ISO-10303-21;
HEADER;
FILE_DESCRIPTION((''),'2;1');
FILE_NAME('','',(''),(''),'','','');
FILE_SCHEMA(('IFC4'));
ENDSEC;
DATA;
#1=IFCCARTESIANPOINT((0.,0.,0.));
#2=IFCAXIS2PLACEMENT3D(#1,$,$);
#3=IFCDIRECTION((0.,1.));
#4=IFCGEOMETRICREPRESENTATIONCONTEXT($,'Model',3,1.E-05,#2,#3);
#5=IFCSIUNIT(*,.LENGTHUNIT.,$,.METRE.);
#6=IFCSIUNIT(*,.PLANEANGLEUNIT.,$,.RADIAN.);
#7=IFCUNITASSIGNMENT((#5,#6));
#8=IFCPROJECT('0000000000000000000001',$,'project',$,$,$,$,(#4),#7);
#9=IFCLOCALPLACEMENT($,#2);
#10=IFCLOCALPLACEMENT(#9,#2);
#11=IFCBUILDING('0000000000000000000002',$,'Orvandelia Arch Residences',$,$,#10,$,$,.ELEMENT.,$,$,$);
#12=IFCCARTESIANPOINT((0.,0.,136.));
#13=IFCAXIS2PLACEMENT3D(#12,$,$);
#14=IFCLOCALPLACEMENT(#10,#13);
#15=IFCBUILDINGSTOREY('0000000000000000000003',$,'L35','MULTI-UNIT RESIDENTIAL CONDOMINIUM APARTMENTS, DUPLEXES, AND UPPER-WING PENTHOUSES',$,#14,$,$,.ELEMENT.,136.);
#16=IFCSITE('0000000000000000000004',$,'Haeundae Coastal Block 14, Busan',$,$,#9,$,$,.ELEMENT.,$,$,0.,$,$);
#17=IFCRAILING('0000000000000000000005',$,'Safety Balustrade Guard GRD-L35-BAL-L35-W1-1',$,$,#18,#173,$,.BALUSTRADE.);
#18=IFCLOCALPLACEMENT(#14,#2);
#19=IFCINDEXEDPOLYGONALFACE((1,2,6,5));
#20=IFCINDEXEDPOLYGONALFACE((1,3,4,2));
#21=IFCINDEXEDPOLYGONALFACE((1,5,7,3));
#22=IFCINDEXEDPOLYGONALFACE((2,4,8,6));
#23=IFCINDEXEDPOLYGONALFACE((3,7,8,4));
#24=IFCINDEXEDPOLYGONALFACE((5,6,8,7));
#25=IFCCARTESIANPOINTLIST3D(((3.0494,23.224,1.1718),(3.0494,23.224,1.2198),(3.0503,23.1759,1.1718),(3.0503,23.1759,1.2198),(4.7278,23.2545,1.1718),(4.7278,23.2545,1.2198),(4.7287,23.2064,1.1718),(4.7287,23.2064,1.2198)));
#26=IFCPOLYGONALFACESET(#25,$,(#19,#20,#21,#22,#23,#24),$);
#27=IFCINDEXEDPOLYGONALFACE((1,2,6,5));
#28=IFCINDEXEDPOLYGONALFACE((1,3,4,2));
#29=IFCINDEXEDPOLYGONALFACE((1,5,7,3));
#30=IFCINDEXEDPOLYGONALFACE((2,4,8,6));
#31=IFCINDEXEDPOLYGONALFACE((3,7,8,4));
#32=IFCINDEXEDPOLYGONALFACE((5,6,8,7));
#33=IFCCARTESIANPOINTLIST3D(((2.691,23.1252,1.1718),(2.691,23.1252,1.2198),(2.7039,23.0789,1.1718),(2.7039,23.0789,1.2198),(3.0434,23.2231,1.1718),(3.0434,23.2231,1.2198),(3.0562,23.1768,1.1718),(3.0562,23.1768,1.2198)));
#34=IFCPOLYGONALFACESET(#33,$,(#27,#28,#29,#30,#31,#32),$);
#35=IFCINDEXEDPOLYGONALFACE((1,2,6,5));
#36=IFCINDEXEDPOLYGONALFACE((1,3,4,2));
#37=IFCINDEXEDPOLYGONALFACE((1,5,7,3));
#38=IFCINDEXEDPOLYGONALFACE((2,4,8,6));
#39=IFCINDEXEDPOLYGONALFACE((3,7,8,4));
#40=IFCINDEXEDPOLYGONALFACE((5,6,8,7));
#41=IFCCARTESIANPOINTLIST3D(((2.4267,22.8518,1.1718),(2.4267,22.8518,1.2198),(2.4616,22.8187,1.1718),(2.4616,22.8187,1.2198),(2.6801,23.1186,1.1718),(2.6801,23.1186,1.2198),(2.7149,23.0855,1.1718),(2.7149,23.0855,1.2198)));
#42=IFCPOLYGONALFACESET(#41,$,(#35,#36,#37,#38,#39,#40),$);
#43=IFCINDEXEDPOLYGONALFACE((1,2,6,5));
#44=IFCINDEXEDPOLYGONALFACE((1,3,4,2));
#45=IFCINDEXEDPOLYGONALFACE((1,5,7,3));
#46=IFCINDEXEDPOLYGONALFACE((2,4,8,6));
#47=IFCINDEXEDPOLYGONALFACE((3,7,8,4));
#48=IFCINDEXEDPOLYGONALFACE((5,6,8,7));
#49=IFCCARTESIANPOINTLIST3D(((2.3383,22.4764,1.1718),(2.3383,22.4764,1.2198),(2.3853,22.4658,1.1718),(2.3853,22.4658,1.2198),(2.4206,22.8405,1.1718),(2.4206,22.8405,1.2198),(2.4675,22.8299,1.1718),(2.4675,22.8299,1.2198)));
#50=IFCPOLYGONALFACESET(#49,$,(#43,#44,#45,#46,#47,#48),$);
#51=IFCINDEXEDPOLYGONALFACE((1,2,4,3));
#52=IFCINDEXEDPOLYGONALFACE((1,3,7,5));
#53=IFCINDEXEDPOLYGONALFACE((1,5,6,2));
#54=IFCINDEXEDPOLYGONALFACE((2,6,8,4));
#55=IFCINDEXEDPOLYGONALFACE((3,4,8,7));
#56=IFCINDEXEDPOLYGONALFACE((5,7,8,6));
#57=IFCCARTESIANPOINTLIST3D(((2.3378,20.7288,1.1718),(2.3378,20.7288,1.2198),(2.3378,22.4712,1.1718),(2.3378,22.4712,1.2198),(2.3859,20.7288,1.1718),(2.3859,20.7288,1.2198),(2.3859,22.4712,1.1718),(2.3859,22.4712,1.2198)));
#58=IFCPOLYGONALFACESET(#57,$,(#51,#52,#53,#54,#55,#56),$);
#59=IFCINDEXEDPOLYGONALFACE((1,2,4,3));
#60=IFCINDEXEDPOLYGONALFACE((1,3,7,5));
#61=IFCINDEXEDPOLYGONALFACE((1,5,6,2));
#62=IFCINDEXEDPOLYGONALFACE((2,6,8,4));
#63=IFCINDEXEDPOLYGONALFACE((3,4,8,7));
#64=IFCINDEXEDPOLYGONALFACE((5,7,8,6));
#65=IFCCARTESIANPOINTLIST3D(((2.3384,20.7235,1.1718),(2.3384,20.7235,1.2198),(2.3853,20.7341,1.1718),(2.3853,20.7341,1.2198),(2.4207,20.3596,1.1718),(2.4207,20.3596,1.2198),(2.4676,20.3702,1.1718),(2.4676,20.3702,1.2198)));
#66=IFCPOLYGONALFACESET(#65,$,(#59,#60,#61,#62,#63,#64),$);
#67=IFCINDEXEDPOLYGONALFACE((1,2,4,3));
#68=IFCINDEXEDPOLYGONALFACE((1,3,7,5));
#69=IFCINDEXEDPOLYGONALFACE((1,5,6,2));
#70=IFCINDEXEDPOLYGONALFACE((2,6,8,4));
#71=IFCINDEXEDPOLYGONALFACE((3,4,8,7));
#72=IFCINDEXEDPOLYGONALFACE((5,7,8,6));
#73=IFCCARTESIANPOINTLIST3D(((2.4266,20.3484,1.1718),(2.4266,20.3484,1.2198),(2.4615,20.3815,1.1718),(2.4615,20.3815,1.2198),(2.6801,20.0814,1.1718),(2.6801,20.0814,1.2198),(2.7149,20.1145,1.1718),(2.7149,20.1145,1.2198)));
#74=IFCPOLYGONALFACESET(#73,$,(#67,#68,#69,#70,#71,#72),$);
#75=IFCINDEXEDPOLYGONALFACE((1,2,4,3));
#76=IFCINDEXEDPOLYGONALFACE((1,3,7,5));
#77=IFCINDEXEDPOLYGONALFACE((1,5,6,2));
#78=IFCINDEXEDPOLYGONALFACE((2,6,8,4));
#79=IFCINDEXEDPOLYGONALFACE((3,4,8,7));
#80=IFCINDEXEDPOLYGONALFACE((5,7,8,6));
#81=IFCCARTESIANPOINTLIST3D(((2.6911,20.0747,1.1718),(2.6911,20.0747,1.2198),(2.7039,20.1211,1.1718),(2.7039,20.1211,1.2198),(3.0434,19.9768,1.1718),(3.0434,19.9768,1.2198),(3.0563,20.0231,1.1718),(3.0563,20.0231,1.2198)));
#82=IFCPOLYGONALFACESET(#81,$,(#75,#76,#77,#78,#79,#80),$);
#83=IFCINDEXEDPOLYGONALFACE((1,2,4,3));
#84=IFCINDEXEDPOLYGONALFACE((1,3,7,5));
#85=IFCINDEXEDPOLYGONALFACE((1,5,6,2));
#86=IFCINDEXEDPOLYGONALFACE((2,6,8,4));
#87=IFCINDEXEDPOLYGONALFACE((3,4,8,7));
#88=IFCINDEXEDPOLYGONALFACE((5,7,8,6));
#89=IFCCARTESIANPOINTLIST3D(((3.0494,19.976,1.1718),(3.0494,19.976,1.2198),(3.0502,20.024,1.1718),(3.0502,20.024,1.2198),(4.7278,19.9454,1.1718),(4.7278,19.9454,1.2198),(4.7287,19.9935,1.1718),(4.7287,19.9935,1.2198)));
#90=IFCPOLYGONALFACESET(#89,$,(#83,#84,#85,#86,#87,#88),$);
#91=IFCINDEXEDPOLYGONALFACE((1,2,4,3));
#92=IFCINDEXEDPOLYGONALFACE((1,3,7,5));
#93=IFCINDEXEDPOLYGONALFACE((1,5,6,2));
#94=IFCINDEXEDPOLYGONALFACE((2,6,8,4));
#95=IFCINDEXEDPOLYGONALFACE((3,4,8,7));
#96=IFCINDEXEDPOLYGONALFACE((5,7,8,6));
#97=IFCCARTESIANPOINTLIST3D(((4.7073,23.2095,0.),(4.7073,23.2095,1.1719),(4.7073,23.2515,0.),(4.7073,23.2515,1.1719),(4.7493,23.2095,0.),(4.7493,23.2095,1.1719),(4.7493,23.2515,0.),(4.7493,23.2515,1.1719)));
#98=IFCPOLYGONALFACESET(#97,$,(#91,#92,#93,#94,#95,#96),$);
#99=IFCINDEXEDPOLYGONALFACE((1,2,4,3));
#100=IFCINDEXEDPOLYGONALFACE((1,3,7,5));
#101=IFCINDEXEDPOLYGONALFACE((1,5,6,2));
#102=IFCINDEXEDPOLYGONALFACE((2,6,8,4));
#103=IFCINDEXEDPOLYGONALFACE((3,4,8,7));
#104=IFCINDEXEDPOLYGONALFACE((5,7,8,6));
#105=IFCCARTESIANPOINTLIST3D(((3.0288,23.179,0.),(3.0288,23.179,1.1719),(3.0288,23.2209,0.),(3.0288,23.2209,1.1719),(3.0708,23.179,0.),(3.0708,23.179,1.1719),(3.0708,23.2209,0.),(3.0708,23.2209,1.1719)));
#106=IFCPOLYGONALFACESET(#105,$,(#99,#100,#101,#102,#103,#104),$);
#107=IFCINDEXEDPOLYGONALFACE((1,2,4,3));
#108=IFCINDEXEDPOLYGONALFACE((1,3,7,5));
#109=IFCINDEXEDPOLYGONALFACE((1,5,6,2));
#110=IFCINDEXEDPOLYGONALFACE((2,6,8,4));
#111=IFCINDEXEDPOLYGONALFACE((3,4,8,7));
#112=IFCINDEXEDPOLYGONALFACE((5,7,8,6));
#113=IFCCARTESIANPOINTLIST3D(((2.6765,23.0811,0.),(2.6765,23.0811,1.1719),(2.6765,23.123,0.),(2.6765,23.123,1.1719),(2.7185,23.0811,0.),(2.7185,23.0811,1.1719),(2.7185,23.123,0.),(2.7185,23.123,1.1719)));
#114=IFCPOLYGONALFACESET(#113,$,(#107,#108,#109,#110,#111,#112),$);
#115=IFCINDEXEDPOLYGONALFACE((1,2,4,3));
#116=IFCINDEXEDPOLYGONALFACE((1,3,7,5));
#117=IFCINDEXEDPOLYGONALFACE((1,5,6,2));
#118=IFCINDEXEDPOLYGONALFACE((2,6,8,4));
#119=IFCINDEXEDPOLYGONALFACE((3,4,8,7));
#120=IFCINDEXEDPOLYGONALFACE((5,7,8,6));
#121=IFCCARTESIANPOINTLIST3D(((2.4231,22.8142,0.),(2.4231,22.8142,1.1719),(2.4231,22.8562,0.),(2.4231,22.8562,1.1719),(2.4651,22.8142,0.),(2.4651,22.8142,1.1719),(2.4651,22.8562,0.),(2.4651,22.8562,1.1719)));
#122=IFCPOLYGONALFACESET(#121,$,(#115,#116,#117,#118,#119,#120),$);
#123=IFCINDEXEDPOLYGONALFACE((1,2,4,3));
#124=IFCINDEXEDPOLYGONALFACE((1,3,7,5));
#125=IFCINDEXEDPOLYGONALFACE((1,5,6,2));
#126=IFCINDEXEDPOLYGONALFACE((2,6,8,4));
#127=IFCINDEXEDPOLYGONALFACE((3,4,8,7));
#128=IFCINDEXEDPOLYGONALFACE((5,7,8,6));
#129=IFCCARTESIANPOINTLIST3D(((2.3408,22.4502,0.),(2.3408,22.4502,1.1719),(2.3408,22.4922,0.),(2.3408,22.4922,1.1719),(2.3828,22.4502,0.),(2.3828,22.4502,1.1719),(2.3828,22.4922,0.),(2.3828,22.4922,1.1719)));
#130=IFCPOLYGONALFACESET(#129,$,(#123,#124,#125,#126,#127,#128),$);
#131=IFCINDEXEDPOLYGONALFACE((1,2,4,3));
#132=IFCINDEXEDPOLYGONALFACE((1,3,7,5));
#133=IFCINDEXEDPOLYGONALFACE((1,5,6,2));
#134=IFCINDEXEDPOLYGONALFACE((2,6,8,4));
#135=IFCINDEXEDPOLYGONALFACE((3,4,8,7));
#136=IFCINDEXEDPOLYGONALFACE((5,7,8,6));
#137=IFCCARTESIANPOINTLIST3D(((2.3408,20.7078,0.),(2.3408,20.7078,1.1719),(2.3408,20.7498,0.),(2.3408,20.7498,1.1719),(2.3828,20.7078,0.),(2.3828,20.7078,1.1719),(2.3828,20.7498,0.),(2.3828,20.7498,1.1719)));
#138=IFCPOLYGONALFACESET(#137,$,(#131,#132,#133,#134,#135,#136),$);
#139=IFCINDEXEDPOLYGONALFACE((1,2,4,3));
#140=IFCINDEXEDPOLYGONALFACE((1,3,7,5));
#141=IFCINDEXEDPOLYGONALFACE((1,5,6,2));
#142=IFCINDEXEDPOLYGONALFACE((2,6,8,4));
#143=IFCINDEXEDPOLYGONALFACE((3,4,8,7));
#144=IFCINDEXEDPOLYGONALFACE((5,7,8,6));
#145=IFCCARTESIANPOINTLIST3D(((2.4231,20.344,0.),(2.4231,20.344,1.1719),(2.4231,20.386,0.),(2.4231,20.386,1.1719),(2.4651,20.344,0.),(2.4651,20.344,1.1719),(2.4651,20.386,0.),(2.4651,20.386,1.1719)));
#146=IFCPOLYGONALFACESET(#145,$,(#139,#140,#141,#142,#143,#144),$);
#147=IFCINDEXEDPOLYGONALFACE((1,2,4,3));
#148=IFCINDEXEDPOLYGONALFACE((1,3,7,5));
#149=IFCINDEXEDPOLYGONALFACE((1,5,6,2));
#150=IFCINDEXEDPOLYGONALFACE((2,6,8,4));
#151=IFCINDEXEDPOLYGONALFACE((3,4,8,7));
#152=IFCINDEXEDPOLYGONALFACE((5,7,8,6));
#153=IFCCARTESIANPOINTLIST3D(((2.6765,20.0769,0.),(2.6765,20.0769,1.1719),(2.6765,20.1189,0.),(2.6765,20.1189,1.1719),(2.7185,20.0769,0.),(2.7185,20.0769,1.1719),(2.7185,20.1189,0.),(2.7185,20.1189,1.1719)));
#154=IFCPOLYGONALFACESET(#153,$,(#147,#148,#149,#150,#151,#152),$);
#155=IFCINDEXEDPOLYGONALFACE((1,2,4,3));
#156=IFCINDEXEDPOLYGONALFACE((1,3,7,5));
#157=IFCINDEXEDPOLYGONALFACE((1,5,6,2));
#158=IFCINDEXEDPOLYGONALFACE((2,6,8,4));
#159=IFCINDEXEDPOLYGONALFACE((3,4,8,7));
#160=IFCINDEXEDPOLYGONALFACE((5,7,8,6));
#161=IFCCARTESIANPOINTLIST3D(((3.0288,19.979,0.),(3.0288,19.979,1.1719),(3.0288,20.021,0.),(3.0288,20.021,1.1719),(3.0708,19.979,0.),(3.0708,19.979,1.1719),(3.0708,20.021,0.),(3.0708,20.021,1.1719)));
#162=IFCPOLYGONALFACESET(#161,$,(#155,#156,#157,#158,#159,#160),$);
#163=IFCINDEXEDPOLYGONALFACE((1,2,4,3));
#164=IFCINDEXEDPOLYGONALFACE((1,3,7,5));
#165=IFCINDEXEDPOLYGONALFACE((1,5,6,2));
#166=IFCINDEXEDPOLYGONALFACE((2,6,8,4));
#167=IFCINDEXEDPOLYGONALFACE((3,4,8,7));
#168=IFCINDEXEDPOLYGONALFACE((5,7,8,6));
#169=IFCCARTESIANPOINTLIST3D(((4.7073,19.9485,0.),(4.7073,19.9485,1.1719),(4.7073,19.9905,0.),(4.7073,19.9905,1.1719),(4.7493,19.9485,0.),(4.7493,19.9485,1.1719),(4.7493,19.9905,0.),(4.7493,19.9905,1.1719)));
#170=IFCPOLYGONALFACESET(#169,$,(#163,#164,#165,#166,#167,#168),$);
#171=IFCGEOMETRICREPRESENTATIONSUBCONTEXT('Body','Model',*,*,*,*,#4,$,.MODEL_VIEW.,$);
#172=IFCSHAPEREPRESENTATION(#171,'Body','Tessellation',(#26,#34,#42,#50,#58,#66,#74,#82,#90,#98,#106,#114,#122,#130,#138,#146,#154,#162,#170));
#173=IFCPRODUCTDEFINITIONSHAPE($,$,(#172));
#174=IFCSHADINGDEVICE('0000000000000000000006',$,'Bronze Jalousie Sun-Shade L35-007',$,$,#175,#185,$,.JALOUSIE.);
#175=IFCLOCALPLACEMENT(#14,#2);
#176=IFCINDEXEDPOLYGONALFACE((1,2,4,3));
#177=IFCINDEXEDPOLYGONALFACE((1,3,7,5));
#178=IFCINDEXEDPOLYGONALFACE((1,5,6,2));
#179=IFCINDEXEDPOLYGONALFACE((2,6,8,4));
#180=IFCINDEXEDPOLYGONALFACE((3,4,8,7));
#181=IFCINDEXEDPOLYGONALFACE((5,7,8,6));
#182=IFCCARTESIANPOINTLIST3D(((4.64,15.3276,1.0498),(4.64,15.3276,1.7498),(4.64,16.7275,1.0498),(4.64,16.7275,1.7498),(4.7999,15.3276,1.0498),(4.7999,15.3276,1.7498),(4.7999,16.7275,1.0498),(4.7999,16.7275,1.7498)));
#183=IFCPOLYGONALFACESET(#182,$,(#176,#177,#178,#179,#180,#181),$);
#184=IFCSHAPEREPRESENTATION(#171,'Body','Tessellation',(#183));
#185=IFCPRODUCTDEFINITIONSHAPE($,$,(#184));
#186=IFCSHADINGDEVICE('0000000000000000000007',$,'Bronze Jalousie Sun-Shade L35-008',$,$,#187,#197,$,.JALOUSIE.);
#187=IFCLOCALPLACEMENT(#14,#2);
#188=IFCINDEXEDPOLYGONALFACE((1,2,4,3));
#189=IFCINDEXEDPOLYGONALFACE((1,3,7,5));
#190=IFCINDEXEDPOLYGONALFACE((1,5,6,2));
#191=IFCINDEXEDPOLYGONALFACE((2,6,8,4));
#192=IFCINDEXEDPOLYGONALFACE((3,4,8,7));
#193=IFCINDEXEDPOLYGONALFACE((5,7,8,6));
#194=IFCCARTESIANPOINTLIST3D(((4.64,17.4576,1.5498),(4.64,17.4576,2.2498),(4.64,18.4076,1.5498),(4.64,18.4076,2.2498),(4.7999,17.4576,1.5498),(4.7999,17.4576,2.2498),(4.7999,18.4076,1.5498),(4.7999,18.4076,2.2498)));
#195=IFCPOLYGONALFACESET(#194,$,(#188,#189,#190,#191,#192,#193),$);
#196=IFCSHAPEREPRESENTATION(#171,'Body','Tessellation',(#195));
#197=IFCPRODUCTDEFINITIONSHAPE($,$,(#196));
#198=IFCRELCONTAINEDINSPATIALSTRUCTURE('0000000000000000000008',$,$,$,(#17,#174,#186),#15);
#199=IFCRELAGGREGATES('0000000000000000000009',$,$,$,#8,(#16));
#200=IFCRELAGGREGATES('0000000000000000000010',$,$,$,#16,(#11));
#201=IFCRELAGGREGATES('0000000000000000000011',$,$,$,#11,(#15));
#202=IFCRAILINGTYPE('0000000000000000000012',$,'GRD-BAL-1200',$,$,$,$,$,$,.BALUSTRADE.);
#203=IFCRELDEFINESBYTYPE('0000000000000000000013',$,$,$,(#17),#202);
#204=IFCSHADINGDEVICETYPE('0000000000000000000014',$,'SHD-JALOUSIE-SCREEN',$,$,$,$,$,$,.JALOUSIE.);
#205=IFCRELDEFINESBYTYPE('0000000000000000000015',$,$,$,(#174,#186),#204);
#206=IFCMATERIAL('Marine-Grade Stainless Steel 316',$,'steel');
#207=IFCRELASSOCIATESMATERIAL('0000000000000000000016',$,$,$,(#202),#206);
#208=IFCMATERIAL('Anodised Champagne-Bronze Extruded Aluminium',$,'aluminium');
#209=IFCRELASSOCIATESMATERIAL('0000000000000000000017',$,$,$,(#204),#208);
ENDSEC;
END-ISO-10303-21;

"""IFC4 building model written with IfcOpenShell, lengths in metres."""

from ifc_helpers import new_model, si_unit, direction, frame, origin, origin_2d, place, context, subcontext, project, spatial, rectangle, extrude, material, type_object, element, save


model = new_model("IFC4")

# Units and contexts
model_context = context("Model", 3, precision=1e-05, world=origin(), true_north=direction((0.0, 1.0)))
body_context = subcontext(model_context, "Body", "Model", "MODEL_VIEW")
ifc_project = project(units=[si_unit("LENGTHUNIT", "METRE"), si_unit("PLANEANGLEUNIT", "RADIAN")], contexts=[model_context])

# Site, building, storey
site_placement = place(None, origin())
site = spatial("IfcSite", under=ifc_project, at=site_placement, Name="Haeundae Coastal Block 14, Busan", CompositionType="ELEMENT", RefElevation=0.0)
building_placement = place(site_placement, origin())
building = spatial("IfcBuilding", under=site, at=building_placement, Name="Orvandelia Arch Residences", CompositionType="ELEMENT")
storey_placement = place(building_placement, frame((0.0, 0.0, 136.0)))
storey = spatial("IfcBuildingStorey", under=building, at=storey_placement, Name="L35", Description="MULTI-UNIT RESIDENTIAL CONDOMINIUM APARTMENTS, DUPLEXES, AND UPPER-WING PENTHOUSES", CompositionType="ELEMENT", Elevation=136.0)

# Railing
ifc_material_1 = material(Name="Marine-Grade Stainless Steel 316", Category="steel")
railing_type = type_object("IfcRailingType", Name="GRD-BAL-1200", PredefinedType="BALUSTRADE", material=ifc_material_1)
railing_placement = place(storey_placement, frame((4.7283, 23.2305, 0.0)))
element("IfcRailing", 1, at=railing_placement, inside=storey, type_object=railing_type, Name="Safety Balustrade Guard GRD-L35-BAL-L35-W1-1", PredefinedType="BALUSTRADE", context=body_context, shape_type="SweptSolid", body=[
    extrude(rectangle(XDim=0.0481, YDim=0.0481, at=origin_2d()), frame((0.0, 0.0, 1.1958), z_axis=(-0.999835, -0.018179, 0.0), x_axis=(0.018179, -0.999835, 0.0)), (0.0, 0.0, 1.0), 1.6787),
    extrude(rectangle(XDim=0.0481, YDim=0.0481, at=origin_2d()), frame((-1.6785, -0.0305, 1.1958), z_axis=(-0.963489, -0.267747, 0.0), x_axis=(0.267747, -0.963489, 0.0)), (0.0, 0.0, 1.0), 0.3657),
    extrude(rectangle(XDim=0.0481, YDim=0.0481, at=origin_2d()), frame((-2.0308, -0.1284, 1.1958), z_axis=(-0.688627, -0.725115, 0.0), x_axis=(0.725115, -0.688627, 0.0)), (0.0, 0.0, 1.0), 0.3679),
    extrude(rectangle(XDim=0.0481, YDim=0.0481, at=origin_2d()), frame((-2.2842, -0.3953, 1.1958), z_axis=(-0.220462, -0.975396, 0.0), x_axis=(0.975396, -0.220462, 0.0)), (0.0, 0.0, 1.0), 0.3733),
    extrude(rectangle(XDim=0.0481, YDim=0.0481, at=origin_2d()), frame((-2.3665, -0.7593, 1.1958), z_axis=(0.0, -1.0, 0.0), x_axis=(1.0, 0.0, 0.0)), (0.0, 0.0, 1.0), 1.7424),
    extrude(rectangle(XDim=0.0481, YDim=0.0481, at=origin_2d()), frame((-2.3665, -2.5017, 1.1958), z_axis=(0.220602, -0.975364, 0.0), x_axis=(0.975364, 0.220602, 0.0)), (0.0, 0.0, 1.0), 0.373),
    extrude(rectangle(XDim=0.0481, YDim=0.0481, at=origin_2d()), frame((-2.2842, -2.8655, 1.1958), z_axis=(0.688296, -0.72543, 0.0), x_axis=(0.72543, 0.688296, 0.0)), (0.0, 0.0, 1.0), 0.3682),
    extrude(rectangle(XDim=0.0481, YDim=0.0481, at=origin_2d()), frame((-2.0308, -3.1326, 1.1958), z_axis=(0.963489, -0.267747, 0.0), x_axis=(0.267747, 0.963489, 0.0)), (0.0, 0.0, 1.0), 0.3657),
    extrude(rectangle(XDim=0.0481, YDim=0.0481, at=origin_2d()), frame((-1.6785, -3.2305, 1.1958), z_axis=(0.999835, -0.018179, 0.0), x_axis=(0.018179, 0.999835, 0.0)), (0.0, 0.0, 1.0), 1.6787),
    extrude(rectangle(XDim=0.042, YDim=0.042, at=origin_2d()), origin(), (0.0, 0.0, 1.0), 1.1719),
    extrude(rectangle(XDim=0.042, YDim=0.042, at=origin_2d()), frame((-1.6785, -0.0305, 0.0)), (0.0, 0.0, 1.0), 1.1719),
    extrude(rectangle(XDim=0.042, YDim=0.042, at=origin_2d()), frame((-2.0308, -0.1284, 0.0)), (0.0, 0.0, 1.0), 1.1719),
    extrude(rectangle(XDim=0.042, YDim=0.042, at=origin_2d()), frame((-2.2842, -0.3953, 0.0)), (0.0, 0.0, 1.0), 1.1719),
    extrude(rectangle(XDim=0.042, YDim=0.042, at=origin_2d()), frame((-2.3665, -0.7593, 0.0)), (0.0, 0.0, 1.0), 1.1719),
    extrude(rectangle(XDim=0.042, YDim=0.042, at=origin_2d()), frame((-2.3665, -2.5017, 0.0)), (0.0, 0.0, 1.0), 1.1719),
    extrude(rectangle(XDim=0.042, YDim=0.042, at=origin_2d()), frame((-2.2842, -2.8655, 0.0)), (0.0, 0.0, 1.0), 1.1719),
    extrude(rectangle(XDim=0.042, YDim=0.042, at=origin_2d()), frame((-2.0308, -3.1326, 0.0)), (0.0, 0.0, 1.0), 1.1719),
    extrude(rectangle(XDim=0.042, YDim=0.042, at=origin_2d()), frame((-1.6785, -3.2305, 0.0)), (0.0, 0.0, 1.0), 1.1719),
    extrude(rectangle(XDim=0.042, YDim=0.042, at=origin_2d()), frame((0.0, -3.261, 0.0)), (0.0, 0.0, 1.0), 1.1719),
])

# Shading devices
ifc_material_2 = material(Name="Anodised Champagne-Bronze Extruded Aluminium", Category="aluminium")
shading_device_type = type_object("IfcShadingDeviceType", Name="SHD-JALOUSIE-SCREEN", PredefinedType="JALOUSIE", material=ifc_material_2)
shading_device_1_placement = place(storey_placement, frame((4.72, 16.0276, 1.0498), z_axis=(0.0, 0.0, 1.0), x_axis=(0.0, 1.0, 0.0)))
element("IfcShadingDevice", 2, at=shading_device_1_placement, inside=storey, type_object=shading_device_type, Name="Bronze Jalousie Sun-Shade L35-007", PredefinedType="JALOUSIE", context=body_context, shape_type="SweptSolid", body=[
    extrude(rectangle(XDim=1.3999, YDim=0.1599, at=origin_2d()), origin(), (0.0, 0.0, 1.0), 0.7),
])
shading_device_2_placement = place(storey_placement, frame((4.72, 17.9326, 1.5498), z_axis=(0.0, 0.0, 1.0), x_axis=(0.0, 1.0, 0.0)))
element("IfcShadingDevice", 3, at=shading_device_2_placement, inside=storey, type_object=shading_device_type, Name="Bronze Jalousie Sun-Shade L35-008", PredefinedType="JALOUSIE", context=body_context, shape_type="SweptSolid", body=[
    extrude(rectangle(XDim=0.95, YDim=0.1599, at=origin_2d()), origin(), (0.0, 0.0, 1.0), 0.7),
])

save(model, "model.ifc")
